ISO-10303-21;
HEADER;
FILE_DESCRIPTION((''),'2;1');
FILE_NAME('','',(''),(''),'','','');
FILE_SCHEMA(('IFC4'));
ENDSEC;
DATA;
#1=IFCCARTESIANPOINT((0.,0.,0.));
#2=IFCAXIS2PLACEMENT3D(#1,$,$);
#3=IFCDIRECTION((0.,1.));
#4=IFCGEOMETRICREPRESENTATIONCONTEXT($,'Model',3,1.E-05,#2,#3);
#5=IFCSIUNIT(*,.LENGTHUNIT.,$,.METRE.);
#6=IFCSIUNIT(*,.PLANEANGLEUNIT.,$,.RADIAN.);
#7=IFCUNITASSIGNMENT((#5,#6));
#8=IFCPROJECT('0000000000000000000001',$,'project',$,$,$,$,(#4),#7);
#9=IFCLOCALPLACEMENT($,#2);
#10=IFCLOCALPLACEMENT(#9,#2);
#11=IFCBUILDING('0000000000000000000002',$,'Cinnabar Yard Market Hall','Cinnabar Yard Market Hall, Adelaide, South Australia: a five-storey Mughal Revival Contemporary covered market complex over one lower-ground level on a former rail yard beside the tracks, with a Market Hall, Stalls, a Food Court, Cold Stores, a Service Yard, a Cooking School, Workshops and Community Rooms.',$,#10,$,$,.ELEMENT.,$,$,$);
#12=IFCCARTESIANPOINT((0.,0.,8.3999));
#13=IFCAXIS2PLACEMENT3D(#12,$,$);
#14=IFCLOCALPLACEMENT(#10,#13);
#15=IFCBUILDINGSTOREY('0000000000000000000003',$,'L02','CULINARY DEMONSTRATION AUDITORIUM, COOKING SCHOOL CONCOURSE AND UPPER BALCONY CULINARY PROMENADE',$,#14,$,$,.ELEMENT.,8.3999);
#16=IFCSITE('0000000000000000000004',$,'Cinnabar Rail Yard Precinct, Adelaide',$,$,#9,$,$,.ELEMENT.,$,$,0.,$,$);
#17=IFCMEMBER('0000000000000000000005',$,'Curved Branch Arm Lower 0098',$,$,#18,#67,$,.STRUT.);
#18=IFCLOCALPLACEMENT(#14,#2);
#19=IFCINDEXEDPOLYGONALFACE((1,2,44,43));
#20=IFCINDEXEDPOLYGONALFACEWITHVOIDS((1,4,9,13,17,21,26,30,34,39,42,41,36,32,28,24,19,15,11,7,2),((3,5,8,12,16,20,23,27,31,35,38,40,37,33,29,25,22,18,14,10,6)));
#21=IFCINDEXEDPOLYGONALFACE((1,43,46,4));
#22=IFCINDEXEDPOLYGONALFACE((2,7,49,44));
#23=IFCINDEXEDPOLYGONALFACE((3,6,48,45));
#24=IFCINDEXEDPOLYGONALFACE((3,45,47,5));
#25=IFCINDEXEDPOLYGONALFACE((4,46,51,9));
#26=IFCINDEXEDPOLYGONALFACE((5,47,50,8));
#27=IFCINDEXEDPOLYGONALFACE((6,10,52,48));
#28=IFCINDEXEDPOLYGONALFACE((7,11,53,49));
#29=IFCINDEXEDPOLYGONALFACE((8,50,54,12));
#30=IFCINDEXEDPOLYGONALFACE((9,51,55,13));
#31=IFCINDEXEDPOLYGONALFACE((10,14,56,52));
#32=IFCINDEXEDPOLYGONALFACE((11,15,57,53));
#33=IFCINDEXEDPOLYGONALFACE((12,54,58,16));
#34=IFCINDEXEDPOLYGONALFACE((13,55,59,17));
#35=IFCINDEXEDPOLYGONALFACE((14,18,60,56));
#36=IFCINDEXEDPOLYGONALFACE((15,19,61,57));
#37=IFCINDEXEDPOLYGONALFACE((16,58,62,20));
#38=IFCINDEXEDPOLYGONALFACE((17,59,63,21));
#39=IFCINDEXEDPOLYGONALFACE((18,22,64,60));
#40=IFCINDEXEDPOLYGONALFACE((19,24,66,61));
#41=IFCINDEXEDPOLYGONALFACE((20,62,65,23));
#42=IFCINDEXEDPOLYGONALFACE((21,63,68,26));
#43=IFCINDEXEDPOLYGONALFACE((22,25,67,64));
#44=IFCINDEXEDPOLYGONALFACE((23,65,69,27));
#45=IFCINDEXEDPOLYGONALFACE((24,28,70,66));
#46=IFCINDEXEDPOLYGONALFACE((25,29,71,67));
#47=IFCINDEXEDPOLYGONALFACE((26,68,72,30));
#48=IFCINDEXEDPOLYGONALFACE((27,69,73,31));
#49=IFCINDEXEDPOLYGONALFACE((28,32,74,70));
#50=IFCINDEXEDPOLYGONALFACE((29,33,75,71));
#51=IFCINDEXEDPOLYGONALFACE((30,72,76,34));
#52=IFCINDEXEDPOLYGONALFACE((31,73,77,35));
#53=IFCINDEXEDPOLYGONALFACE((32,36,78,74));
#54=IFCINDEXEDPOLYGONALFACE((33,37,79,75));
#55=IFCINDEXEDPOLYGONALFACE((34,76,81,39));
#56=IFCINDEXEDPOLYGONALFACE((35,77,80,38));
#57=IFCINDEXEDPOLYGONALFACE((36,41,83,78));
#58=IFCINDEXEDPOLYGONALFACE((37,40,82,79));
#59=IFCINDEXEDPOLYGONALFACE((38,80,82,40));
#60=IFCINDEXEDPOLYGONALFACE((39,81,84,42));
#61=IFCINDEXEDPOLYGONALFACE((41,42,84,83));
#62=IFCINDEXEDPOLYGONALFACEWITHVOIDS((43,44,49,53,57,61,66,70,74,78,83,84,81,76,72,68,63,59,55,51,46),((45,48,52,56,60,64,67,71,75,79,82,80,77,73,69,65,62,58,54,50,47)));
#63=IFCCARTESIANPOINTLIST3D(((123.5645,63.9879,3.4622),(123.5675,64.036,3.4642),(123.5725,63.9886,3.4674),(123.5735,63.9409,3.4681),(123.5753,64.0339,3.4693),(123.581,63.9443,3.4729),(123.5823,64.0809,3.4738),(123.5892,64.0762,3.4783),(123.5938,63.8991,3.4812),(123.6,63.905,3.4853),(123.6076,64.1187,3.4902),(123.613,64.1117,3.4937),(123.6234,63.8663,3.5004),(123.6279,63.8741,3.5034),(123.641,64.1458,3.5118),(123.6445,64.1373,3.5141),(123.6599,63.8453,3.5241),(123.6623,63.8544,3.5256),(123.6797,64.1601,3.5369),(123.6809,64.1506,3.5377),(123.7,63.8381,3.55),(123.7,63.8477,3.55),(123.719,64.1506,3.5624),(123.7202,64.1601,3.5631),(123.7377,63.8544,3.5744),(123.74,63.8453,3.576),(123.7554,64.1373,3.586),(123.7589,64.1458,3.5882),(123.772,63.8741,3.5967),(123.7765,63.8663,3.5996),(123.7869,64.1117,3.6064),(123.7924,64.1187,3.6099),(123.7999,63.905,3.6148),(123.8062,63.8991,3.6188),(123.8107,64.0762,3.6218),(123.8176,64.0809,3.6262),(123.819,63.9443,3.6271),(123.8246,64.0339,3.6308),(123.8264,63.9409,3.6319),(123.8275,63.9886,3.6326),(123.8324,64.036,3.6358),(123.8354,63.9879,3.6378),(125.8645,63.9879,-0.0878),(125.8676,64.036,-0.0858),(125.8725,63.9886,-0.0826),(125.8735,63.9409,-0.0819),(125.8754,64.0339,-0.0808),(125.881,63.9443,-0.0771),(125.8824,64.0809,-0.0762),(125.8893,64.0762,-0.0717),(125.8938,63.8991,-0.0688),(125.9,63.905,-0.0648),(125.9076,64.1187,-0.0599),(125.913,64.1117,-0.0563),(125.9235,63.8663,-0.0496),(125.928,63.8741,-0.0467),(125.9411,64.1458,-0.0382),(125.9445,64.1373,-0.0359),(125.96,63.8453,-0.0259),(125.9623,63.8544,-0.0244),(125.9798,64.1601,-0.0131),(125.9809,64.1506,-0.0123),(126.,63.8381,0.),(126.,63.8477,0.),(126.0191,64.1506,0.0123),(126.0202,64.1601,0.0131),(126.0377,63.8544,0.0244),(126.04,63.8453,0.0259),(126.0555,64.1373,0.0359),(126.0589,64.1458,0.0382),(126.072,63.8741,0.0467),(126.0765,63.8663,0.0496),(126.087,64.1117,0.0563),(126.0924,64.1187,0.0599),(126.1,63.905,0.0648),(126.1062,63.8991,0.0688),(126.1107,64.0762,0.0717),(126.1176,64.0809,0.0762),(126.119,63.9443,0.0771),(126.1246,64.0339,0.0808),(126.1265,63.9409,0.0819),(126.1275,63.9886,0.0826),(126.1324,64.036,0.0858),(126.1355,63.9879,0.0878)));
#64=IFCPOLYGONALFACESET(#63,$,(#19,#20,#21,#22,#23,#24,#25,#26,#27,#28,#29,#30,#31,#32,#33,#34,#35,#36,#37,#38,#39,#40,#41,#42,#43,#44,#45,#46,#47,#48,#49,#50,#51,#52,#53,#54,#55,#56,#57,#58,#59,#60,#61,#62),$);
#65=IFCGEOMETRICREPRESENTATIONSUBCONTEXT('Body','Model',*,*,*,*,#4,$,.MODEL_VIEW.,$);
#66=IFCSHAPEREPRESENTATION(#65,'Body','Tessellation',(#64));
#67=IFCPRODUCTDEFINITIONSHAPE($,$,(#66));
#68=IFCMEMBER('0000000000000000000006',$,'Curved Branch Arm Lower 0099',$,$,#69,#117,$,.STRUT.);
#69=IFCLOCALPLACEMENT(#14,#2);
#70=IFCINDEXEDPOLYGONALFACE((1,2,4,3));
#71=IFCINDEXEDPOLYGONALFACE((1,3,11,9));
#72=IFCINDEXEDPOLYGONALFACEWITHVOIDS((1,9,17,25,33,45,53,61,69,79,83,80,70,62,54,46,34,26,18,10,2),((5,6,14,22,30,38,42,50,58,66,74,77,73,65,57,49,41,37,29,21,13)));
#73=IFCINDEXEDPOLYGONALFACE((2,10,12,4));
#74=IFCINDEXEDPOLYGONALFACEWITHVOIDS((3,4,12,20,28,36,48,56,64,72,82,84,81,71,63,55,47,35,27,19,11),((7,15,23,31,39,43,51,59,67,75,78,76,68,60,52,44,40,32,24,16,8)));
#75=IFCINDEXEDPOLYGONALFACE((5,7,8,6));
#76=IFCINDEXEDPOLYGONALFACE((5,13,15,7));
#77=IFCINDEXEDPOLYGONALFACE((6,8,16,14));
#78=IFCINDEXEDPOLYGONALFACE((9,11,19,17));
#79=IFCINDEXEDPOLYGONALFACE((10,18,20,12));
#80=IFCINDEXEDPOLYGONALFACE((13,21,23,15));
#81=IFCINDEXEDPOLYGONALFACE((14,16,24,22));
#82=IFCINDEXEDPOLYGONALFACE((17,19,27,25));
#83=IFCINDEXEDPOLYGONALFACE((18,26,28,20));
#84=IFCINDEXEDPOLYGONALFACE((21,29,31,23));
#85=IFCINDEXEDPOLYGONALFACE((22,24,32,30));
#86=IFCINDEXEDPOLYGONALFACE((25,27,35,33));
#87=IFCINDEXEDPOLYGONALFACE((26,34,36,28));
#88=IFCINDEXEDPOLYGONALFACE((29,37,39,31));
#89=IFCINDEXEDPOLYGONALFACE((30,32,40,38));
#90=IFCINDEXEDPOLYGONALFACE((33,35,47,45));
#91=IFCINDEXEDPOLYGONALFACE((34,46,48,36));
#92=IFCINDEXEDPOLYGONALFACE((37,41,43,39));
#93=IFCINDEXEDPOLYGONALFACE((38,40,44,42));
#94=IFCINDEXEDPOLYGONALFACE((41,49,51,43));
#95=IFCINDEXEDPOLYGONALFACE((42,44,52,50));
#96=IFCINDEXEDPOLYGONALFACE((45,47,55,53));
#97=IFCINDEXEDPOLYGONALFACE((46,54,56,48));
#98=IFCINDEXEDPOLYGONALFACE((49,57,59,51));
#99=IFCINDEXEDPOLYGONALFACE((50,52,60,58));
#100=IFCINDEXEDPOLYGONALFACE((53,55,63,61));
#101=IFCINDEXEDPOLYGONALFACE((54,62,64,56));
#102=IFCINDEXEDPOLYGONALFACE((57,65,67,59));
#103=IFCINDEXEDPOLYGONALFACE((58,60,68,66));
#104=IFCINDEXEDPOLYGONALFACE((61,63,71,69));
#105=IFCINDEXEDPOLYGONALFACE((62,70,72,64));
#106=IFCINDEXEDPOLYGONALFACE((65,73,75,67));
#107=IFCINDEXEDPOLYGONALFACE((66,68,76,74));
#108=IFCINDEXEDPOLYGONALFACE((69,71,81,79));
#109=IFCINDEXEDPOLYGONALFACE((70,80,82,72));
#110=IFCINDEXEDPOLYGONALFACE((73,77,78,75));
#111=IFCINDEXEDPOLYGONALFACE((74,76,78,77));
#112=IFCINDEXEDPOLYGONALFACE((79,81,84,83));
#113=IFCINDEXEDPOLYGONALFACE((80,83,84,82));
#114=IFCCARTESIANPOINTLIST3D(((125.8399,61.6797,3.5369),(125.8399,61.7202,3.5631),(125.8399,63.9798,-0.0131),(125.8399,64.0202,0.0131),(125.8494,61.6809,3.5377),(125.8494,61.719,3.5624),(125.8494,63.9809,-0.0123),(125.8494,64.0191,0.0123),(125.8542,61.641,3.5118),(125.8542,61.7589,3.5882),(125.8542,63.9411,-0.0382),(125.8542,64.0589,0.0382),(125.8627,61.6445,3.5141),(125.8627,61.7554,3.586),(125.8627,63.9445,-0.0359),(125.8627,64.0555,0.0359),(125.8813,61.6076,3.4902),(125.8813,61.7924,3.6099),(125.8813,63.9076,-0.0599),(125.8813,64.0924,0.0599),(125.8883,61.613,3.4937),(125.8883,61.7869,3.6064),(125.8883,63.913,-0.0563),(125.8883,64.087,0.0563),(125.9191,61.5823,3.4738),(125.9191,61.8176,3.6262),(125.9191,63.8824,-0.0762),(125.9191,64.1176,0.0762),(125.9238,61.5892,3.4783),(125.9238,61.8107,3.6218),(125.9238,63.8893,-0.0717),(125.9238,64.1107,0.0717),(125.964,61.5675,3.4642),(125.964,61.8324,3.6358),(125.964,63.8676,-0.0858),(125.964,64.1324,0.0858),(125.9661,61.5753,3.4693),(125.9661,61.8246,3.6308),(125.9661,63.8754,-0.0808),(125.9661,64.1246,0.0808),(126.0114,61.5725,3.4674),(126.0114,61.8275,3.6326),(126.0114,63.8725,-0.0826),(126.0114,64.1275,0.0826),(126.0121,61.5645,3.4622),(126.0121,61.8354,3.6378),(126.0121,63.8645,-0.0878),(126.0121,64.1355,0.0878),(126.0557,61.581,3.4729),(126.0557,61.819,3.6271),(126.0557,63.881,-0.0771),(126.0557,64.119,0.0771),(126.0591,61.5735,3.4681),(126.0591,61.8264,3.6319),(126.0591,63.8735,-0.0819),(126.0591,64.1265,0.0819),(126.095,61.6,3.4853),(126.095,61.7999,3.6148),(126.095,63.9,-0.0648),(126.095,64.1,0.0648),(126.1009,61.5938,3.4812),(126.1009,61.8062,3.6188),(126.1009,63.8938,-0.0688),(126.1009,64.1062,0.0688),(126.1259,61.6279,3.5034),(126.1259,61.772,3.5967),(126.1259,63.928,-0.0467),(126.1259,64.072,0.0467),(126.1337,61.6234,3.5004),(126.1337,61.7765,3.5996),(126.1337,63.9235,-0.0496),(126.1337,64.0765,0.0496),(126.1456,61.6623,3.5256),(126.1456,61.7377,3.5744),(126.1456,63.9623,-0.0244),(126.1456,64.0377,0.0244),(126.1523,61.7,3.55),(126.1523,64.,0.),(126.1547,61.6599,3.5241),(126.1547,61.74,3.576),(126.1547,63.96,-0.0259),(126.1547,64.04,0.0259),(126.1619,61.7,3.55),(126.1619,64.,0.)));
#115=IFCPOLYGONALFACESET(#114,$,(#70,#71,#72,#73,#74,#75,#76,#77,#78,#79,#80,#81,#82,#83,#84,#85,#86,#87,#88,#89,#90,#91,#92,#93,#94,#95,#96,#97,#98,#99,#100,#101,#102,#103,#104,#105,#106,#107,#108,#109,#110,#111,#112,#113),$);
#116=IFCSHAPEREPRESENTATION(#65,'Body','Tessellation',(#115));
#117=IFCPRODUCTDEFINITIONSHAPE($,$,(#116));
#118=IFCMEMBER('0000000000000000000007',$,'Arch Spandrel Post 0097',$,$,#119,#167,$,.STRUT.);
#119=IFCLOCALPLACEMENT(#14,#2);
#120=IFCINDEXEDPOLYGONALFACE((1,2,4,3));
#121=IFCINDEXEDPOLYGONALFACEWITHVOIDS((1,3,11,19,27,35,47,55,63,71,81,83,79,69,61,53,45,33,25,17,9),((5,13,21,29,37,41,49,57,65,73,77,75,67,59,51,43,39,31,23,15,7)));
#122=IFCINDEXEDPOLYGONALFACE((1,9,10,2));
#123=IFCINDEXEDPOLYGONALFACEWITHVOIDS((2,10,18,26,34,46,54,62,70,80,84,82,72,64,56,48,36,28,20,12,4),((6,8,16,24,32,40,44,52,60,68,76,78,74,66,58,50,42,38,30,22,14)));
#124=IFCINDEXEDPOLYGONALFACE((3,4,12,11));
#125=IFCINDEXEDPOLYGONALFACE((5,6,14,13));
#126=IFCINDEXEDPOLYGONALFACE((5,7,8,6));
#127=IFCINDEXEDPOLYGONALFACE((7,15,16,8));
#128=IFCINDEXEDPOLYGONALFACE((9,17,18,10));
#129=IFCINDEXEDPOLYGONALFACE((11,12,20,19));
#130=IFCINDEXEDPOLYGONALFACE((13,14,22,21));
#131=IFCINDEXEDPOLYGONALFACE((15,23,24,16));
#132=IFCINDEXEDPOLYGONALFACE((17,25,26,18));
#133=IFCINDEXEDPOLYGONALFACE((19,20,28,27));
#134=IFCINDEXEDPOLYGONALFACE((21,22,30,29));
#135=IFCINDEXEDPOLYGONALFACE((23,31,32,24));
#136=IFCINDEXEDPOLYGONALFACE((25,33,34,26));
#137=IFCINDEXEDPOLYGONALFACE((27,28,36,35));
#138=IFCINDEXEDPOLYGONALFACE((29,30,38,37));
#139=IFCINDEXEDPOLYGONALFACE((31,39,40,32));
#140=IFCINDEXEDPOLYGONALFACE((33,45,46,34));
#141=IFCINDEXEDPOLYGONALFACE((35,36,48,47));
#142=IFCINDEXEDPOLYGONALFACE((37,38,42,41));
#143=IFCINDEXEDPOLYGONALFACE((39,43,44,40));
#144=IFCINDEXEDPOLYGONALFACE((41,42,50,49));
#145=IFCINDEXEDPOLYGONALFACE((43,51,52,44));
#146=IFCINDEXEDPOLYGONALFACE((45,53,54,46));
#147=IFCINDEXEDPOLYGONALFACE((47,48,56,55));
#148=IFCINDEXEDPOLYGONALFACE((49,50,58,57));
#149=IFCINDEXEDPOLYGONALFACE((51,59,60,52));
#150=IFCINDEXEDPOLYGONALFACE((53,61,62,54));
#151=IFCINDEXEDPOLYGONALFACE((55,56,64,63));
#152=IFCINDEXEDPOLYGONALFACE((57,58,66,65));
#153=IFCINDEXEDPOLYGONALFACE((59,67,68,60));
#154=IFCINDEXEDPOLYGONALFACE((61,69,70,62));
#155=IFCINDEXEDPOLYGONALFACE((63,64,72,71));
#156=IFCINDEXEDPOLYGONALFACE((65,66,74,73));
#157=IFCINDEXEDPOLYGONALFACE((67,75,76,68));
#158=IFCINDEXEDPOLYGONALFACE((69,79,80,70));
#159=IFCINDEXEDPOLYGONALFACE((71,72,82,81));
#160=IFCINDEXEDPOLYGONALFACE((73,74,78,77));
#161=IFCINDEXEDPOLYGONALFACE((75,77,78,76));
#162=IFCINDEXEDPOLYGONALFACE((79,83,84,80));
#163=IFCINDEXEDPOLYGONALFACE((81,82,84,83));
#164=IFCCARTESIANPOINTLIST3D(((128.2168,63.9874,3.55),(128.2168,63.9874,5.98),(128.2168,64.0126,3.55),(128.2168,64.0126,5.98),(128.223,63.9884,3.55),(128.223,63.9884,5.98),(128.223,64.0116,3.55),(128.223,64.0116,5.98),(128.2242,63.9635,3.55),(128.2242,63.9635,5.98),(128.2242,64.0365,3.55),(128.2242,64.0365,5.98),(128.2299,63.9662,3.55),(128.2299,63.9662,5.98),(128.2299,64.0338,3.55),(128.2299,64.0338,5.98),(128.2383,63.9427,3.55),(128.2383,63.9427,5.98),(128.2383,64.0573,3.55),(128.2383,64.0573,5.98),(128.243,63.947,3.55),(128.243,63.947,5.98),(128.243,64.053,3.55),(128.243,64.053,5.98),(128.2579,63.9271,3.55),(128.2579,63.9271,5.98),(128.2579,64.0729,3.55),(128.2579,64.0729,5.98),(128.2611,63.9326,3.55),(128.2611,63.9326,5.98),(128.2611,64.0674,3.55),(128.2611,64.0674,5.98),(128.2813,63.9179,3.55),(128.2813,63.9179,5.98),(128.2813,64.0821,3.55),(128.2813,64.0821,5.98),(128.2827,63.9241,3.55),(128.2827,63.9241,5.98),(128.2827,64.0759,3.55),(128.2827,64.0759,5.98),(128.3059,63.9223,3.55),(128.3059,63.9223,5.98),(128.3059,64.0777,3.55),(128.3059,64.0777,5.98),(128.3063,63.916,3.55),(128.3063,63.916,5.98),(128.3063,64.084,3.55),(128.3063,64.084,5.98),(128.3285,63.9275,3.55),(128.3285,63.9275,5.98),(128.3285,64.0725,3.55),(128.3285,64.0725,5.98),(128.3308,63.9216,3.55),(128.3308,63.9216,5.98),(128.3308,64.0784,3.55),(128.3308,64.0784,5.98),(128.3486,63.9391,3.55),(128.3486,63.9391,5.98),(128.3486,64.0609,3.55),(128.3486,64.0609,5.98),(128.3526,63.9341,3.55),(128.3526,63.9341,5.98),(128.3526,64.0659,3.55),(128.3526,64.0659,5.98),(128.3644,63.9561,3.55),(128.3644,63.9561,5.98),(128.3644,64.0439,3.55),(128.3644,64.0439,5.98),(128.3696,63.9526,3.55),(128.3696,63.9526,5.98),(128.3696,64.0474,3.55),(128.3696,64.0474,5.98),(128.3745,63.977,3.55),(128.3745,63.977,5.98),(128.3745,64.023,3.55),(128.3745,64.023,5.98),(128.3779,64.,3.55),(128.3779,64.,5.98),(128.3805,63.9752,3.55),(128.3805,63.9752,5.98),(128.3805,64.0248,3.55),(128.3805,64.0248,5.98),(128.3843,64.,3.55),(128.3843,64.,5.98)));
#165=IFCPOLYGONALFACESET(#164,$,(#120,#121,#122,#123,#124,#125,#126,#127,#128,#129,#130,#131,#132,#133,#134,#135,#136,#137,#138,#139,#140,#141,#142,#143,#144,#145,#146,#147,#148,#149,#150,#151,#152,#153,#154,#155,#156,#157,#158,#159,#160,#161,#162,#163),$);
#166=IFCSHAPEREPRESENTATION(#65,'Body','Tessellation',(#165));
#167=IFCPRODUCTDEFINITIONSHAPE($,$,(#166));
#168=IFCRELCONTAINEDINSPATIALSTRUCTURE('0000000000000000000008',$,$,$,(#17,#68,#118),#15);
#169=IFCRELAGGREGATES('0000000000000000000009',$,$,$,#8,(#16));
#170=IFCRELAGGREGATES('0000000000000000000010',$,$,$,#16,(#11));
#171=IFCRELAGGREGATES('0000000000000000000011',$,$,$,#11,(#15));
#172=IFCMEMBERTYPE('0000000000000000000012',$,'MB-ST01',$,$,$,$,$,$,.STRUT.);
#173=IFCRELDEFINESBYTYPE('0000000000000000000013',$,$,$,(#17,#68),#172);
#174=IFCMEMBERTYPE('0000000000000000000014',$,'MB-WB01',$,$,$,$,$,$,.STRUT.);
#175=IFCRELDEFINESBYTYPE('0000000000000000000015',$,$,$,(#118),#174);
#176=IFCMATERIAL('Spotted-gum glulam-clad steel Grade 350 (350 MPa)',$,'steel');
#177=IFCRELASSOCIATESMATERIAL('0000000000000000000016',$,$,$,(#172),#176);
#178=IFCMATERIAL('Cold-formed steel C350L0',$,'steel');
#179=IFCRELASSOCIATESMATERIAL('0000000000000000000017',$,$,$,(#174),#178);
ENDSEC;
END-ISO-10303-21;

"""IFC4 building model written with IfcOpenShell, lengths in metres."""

from ifc_helpers import new_model, si_unit, direction, frame, origin, origin_2d_with_axis, place, context, subcontext, project, spatial, hollow_circle, extrude, material, material_profile, profile_set, type_object, element, save


model = new_model("IFC4")

# Units and contexts
model_context = context("Model", 3, precision=1e-05, world=origin(), true_north=direction((0.0, 1.0)))
body_context = subcontext(model_context, "Body", "Model", "MODEL_VIEW")
ifc_project = project(units=[si_unit("LENGTHUNIT", "METRE"), si_unit("PLANEANGLEUNIT", "RADIAN")], contexts=[model_context])

# Site, building, storey
site_placement = place(None, origin())
site = spatial("IfcSite", under=ifc_project, at=site_placement, Name="Cinnabar Rail Yard Precinct, Adelaide", CompositionType="ELEMENT", RefElevation=0.0)
building_placement = place(site_placement, origin())
building = spatial("IfcBuilding", under=site, at=building_placement, Name="Cinnabar Yard Market Hall", Description="Cinnabar Yard Market Hall, Adelaide, South Australia: a five-storey Mughal Revival Contemporary covered market complex over one lower-ground level on a former rail yard beside the tracks, with a Market Hall, Stalls, a Food Court, Cold Stores, a Service Yard, a Cooking School, Workshops and Community Rooms.", CompositionType="ELEMENT")
storey_placement = place(building_placement, frame((0.0, 0.0, 8.3999)))
storey = spatial("IfcBuildingStorey", under=building, at=storey_placement, Name="L02", Description="CULINARY DEMONSTRATION AUDITORIUM, COOKING SCHOOL CONCOURSE AND UPPER BALCONY CULINARY PROMENADE", CompositionType="ELEMENT", Elevation=8.3999)

# Shared definitions
ifc_material_1 = material(Name="Spotted-gum glulam-clad steel Grade 350 (350 MPa)", Category="steel")

# Members
ifc_material_profile_1 = material_profile(ifc_material_1, hollow_circle(Radius=0.1619, WallThickness=0.0095, at=origin_2d_with_axis()), Name="323.9x9.5CHS")
ifc_profile_set_1 = profile_set([ifc_material_profile_1], Name="Spotted-gum glulam-clad steel Grade 350 (350 MPa)")
member_type_1 = type_object("IfcMemberType", Name="MB-ST01", PredefinedType="STRUT", material=ifc_profile_set_1)
for number, where, z_axis, x_axis, name in (
    (1, (126.0, 64.0, 0.0), (-0.543744, 0.0, 0.839251), (0.0, -1.0, 0.0), "Curved Branch Arm Lower 0098"),
    (2, (126.0, 64.0, 0.0), (0.0, -0.543744, 0.839251), (1.0, 0.0, 0.0), "Curved Branch Arm Lower 0099"),
):
    element("IfcMember", number, at=place(storey_placement, frame(where, z_axis=z_axis, x_axis=x_axis)), inside=storey, type_object=member_type_1, Name=name, PredefinedType="STRUT", context=body_context, shape_type="SweptSolid", body=[
        extrude(hollow_circle(Radius=0.1619, WallThickness=0.0095, at=origin_2d_with_axis()), origin(), (0.0, 0.0, 1.0), 4.23),
    ])
ifc_material_2 = material(Name="Cold-formed steel C350L0", Category="steel")
ifc_material_profile_2 = material_profile(ifc_material_2, hollow_circle(Radius=0.0842, WallThickness=0.0063, at=origin_2d_with_axis()), Name="168.3x6.4CHS")
ifc_profile_set_2 = profile_set([ifc_material_profile_2], Name="Cold-formed steel C350L0")
member_type_2 = type_object("IfcMemberType", Name="MB-WB01", PredefinedType="STRUT", material=ifc_profile_set_2)
for number, where, z_axis, x_axis, name in (
    (3, (128.3, 64.0, 3.55), (0.0, 0.0, 1.0), (1.0, 0.0, 0.0), "Arch Spandrel Post 0097"),
):
    element("IfcMember", number, at=place(storey_placement, frame(where, z_axis=z_axis, x_axis=x_axis)), inside=storey, type_object=member_type_2, Name=name, PredefinedType="STRUT", context=body_context, shape_type="SweptSolid", body=[
        extrude(hollow_circle(Radius=0.0842, WallThickness=0.0063, at=origin_2d_with_axis()), origin(), (0.0, 0.0, 1.0), 2.4299),
    ])

save(model, "model.ifc")
